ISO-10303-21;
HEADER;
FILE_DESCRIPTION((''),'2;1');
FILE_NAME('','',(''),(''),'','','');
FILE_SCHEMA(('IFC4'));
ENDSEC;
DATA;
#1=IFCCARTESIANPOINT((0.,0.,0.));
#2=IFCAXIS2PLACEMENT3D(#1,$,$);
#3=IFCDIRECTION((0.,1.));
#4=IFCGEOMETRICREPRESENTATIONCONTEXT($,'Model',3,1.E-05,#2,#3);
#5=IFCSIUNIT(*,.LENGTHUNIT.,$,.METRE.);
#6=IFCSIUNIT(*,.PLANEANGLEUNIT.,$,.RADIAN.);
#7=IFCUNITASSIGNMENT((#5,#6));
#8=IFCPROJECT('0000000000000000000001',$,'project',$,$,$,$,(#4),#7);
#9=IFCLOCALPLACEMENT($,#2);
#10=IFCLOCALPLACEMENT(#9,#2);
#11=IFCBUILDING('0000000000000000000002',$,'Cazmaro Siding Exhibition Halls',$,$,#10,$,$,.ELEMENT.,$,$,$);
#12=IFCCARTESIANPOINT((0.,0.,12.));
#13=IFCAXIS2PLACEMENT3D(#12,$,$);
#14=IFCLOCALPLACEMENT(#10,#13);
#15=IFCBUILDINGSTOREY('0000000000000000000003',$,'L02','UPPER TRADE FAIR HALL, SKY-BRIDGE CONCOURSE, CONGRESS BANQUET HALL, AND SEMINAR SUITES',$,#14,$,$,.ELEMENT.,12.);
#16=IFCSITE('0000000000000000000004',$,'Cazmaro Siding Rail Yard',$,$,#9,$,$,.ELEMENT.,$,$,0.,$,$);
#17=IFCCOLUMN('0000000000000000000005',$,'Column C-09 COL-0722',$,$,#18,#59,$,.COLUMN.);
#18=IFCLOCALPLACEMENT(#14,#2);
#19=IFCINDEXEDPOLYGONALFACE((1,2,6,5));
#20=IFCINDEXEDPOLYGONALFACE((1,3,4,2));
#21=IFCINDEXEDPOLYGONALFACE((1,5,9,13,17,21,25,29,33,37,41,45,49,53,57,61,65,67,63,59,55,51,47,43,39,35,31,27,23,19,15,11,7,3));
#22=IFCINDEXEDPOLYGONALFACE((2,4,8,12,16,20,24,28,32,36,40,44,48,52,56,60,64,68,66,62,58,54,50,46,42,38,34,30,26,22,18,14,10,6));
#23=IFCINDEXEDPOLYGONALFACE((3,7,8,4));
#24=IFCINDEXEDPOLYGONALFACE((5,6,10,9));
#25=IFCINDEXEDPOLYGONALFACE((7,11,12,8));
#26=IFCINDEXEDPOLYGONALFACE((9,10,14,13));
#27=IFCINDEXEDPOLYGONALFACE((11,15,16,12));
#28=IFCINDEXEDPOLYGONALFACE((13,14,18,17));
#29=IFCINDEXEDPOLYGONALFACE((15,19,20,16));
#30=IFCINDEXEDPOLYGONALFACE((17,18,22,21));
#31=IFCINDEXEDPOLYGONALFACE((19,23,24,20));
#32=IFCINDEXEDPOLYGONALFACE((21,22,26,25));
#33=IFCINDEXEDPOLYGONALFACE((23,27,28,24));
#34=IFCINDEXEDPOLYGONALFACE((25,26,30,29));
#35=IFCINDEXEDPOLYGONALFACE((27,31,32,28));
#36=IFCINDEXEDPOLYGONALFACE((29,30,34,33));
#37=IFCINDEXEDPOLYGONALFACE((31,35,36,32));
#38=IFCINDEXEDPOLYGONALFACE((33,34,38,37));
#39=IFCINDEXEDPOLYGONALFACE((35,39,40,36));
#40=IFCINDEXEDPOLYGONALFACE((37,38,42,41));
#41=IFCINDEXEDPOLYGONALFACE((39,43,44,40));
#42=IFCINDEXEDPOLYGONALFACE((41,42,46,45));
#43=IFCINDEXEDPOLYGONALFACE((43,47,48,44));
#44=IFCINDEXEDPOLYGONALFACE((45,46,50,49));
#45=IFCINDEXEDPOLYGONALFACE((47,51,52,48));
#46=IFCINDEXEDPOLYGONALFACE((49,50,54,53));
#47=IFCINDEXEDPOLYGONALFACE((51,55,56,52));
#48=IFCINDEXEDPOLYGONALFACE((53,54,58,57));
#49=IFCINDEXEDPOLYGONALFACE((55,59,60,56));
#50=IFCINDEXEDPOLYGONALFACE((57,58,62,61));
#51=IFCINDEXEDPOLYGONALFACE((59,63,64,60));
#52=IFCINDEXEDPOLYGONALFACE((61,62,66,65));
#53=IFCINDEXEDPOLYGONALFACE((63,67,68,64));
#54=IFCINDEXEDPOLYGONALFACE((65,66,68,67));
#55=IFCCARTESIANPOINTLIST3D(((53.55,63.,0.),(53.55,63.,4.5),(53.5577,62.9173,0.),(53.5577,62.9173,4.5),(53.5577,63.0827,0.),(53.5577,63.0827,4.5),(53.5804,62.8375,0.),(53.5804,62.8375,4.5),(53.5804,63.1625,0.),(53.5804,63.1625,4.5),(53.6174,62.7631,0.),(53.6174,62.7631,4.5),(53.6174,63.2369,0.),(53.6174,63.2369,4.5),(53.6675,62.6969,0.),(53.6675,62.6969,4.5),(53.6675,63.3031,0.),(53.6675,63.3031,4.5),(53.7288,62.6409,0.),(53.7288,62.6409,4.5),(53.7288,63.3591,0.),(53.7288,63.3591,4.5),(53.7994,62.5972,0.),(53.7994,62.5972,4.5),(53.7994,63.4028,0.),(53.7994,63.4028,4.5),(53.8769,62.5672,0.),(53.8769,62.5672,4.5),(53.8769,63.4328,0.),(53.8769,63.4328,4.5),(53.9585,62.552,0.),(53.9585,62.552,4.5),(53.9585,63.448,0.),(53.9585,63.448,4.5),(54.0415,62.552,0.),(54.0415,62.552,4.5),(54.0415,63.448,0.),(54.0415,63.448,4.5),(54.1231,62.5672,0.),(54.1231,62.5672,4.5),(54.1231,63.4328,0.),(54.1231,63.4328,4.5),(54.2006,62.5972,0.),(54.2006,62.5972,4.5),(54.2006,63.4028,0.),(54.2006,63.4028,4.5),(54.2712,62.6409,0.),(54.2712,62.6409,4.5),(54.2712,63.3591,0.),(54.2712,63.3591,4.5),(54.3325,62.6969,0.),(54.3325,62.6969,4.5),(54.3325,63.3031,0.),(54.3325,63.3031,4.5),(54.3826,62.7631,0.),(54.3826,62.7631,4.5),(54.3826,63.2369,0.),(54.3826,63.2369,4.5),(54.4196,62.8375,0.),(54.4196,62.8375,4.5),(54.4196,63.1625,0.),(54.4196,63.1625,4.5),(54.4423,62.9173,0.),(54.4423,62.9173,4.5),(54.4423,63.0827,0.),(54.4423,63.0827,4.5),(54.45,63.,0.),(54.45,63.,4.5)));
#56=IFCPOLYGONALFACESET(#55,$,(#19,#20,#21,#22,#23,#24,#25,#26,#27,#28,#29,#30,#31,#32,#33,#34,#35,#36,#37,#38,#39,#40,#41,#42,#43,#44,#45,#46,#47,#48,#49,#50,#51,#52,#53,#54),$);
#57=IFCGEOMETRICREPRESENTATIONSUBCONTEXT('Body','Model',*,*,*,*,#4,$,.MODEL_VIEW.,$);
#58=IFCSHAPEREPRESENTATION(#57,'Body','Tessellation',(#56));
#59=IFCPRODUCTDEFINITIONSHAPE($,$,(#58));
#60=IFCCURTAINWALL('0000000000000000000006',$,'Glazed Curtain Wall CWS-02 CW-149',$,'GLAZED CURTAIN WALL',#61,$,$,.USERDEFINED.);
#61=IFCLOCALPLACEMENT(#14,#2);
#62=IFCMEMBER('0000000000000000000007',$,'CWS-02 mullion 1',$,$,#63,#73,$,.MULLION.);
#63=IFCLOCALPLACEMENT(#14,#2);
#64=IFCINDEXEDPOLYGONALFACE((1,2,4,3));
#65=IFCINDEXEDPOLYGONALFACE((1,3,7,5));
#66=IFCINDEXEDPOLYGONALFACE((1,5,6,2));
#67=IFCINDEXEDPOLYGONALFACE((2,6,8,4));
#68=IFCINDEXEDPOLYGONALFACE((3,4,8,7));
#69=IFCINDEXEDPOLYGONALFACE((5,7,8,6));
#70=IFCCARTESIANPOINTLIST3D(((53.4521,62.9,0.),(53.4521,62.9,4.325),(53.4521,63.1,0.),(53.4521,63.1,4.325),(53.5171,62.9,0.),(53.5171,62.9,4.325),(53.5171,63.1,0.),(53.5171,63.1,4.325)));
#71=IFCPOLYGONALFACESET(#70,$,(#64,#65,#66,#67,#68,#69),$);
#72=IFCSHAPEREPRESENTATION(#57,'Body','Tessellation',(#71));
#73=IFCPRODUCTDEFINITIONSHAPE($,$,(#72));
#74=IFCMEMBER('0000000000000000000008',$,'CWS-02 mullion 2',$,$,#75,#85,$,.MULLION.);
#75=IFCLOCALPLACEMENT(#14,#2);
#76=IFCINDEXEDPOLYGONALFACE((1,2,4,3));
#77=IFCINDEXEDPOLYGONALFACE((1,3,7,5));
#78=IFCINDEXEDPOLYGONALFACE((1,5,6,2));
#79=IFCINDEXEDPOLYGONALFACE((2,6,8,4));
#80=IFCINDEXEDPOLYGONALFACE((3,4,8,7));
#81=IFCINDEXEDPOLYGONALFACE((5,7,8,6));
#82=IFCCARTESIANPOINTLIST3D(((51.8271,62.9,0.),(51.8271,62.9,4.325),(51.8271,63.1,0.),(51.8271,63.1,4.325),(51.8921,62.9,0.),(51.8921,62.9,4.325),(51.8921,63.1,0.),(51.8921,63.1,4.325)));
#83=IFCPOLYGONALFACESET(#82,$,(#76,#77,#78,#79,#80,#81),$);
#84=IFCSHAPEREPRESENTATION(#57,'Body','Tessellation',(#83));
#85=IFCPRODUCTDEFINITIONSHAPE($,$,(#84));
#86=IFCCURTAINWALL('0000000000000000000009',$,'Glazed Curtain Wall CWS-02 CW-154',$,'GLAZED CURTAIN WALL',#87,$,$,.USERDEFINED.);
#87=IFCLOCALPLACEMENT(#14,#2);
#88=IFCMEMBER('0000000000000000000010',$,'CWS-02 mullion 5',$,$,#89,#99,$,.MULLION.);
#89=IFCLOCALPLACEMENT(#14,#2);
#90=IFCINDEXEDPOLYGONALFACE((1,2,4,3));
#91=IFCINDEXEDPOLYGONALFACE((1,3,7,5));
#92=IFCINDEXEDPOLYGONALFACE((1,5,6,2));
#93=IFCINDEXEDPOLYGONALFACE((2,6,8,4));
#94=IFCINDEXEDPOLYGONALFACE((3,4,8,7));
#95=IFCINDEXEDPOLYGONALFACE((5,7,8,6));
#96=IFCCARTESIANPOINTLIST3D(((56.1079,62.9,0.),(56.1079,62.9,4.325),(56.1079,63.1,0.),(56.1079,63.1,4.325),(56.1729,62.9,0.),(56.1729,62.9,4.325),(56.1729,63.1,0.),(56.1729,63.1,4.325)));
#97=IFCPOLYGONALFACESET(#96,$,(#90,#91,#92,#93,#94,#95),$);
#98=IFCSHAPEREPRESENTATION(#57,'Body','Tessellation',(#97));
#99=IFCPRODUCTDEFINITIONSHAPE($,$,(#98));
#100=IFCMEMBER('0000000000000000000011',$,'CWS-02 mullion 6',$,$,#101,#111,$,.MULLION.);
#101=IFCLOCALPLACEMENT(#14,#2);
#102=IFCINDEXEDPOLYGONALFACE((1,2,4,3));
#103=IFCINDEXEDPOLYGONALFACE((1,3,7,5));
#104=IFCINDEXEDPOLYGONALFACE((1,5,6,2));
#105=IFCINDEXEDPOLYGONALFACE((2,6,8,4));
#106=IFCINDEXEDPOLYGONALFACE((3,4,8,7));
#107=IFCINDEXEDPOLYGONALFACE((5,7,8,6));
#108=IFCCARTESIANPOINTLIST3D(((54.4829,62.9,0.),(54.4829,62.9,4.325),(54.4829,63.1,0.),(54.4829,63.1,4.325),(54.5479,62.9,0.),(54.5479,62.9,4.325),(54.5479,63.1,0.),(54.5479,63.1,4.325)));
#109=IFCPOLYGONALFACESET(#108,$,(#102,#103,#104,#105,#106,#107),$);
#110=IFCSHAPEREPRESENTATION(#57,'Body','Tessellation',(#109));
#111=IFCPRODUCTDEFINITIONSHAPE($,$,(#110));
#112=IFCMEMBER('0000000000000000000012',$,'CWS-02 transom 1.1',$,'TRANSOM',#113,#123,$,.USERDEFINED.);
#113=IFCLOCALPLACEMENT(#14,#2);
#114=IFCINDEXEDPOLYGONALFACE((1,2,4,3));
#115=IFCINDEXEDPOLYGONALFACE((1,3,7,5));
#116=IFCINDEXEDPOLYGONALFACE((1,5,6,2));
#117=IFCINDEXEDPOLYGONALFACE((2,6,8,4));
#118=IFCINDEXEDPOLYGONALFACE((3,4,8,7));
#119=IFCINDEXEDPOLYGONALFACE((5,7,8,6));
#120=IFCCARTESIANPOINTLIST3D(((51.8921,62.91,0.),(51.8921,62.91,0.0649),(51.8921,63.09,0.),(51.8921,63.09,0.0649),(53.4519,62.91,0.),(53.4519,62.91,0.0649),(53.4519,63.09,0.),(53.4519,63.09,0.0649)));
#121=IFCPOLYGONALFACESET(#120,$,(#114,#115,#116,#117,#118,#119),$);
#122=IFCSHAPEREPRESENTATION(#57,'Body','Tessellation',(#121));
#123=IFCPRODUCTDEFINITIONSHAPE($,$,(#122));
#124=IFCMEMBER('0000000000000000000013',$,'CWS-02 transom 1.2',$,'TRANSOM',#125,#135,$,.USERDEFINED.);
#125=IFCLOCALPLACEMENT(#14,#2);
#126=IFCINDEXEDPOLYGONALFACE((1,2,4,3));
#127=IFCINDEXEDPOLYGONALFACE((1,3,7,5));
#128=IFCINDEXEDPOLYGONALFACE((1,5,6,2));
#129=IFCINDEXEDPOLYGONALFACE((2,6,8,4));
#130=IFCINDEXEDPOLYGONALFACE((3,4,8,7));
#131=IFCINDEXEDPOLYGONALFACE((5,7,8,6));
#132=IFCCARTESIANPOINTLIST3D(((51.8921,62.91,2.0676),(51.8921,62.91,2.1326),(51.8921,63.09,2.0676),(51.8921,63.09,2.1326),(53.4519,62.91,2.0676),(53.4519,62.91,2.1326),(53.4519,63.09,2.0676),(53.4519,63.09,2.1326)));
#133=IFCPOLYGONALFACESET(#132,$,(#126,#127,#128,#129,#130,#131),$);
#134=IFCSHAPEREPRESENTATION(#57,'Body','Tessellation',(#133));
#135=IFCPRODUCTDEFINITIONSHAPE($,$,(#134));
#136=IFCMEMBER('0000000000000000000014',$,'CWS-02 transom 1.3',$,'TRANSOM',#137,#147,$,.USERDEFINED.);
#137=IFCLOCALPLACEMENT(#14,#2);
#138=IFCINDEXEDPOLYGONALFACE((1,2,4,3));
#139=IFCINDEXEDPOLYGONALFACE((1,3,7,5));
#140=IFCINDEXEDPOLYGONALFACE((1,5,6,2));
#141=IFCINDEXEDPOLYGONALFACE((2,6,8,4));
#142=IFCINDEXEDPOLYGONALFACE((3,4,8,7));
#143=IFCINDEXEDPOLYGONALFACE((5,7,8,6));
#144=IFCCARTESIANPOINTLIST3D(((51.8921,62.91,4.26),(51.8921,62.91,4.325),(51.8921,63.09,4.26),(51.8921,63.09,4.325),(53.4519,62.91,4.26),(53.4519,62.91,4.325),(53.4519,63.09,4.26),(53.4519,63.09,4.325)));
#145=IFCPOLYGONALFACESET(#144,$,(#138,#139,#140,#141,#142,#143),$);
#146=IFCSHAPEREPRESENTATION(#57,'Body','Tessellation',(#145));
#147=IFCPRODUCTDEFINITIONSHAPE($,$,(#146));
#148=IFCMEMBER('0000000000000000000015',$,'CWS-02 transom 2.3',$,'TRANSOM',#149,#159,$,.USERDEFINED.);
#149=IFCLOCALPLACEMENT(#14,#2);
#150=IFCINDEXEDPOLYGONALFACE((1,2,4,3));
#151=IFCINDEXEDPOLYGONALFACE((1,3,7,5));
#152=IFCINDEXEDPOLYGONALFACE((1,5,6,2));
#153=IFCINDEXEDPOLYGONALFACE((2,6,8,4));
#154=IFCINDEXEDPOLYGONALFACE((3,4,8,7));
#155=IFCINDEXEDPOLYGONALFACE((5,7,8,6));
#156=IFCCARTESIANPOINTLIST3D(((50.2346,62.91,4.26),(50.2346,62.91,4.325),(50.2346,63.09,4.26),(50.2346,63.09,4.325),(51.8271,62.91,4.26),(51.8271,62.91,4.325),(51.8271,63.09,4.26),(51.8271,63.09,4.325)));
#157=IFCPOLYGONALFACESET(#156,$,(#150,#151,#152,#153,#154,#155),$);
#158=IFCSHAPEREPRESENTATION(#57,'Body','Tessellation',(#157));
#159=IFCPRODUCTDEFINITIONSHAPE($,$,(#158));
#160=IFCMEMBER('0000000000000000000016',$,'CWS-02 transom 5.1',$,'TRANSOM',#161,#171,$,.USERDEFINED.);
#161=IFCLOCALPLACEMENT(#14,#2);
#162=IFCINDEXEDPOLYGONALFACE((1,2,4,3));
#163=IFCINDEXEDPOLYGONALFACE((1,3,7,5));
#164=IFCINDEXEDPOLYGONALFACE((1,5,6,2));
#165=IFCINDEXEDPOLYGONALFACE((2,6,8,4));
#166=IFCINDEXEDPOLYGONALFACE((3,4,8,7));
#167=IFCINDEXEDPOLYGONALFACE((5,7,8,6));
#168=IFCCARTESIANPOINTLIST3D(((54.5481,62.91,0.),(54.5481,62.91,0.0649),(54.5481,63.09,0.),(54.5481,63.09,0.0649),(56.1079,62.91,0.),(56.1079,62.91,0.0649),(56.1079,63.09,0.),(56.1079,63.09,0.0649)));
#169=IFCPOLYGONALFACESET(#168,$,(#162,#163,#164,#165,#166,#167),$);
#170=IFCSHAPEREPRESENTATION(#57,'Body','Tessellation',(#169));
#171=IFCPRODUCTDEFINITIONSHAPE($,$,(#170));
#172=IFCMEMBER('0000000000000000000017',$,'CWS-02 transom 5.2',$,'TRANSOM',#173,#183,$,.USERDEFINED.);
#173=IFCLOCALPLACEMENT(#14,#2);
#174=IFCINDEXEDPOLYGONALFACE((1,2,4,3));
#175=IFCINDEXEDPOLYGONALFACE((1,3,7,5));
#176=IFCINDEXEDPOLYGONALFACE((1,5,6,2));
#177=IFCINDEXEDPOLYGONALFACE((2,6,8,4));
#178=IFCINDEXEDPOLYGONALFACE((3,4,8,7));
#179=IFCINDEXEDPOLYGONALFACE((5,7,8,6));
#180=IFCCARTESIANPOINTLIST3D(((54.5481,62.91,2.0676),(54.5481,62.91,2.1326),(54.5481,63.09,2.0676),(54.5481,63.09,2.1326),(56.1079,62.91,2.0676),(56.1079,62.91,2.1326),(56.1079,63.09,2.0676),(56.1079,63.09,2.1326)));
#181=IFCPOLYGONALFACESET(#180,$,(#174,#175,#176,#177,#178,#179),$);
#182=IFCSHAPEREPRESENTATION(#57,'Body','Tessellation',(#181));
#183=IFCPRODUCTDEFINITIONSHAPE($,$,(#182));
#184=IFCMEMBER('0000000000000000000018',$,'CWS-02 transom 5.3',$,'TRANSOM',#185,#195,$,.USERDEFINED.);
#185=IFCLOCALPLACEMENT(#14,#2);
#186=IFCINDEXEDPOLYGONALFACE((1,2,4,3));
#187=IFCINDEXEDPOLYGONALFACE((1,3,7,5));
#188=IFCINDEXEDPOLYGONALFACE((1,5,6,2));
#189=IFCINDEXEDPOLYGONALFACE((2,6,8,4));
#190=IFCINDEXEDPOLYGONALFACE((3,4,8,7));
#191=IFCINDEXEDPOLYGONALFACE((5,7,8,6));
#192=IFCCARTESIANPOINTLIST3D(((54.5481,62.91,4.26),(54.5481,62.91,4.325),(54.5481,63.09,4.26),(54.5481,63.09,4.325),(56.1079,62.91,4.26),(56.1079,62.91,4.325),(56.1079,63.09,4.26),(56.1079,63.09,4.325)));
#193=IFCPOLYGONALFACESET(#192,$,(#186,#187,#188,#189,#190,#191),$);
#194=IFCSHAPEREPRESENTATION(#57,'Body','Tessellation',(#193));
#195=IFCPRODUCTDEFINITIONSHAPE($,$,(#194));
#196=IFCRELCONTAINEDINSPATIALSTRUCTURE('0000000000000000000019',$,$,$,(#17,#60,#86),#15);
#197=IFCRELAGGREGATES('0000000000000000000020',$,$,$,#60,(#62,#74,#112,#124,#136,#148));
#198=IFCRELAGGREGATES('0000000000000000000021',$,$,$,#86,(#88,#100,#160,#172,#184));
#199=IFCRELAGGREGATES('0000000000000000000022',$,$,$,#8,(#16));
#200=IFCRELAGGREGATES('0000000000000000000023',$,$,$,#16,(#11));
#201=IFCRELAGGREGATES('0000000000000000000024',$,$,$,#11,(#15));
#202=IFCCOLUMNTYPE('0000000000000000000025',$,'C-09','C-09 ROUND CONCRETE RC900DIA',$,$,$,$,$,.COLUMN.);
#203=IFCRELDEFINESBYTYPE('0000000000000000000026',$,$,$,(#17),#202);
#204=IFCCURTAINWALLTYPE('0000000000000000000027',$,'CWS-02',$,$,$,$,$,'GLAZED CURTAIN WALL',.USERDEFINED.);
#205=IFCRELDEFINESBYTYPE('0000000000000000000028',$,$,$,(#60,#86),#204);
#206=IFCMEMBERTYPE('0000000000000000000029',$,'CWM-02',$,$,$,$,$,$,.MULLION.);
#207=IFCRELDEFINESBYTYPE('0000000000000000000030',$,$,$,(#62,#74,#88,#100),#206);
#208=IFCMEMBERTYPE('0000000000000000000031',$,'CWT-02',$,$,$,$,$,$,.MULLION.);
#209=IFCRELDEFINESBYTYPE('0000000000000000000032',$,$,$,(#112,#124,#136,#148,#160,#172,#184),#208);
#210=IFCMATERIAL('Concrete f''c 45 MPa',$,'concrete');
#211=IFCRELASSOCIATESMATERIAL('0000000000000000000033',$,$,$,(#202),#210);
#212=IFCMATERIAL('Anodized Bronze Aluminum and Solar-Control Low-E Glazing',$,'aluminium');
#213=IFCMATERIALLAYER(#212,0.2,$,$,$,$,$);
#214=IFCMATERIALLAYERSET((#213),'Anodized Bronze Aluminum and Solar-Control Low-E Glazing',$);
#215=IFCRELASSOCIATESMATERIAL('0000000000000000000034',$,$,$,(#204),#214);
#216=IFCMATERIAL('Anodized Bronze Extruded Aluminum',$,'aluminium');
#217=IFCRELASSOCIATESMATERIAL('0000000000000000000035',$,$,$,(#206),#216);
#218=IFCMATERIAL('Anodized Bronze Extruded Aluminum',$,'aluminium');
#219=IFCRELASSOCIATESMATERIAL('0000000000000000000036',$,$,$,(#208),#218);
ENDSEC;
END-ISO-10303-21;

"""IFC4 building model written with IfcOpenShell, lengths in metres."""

from ifc_helpers import new_model, si_unit, direction, frame, origin, origin_2d, place, context, subcontext, project, spatial, rectangle, circle, extrude, material, layer, layer_set, material_profile, profile_set, type_object, element, aggregate, save


model = new_model("IFC4")

# Units and contexts
model_context = context("Model", 3, precision=1e-05, world=origin(), true_north=direction((0.0, 1.0)))
body_context = subcontext(model_context, "Body", "Model", "MODEL_VIEW")
ifc_project = project(units=[si_unit("LENGTHUNIT", "METRE"), si_unit("PLANEANGLEUNIT", "RADIAN")], contexts=[model_context])

# Site, building, storey
site_placement = place(None, origin())
site = spatial("IfcSite", under=ifc_project, at=site_placement, Name="Cazmaro Siding Rail Yard", CompositionType="ELEMENT", RefElevation=0.0)
building_placement = place(site_placement, origin())
building = spatial("IfcBuilding", under=site, at=building_placement, Name="Cazmaro Siding Exhibition Halls", CompositionType="ELEMENT")
storey_placement = place(building_placement, frame((0.0, 0.0, 12.0)))
storey = spatial("IfcBuildingStorey", under=building, at=storey_placement, Name="L02", Description="UPPER TRADE FAIR HALL, SKY-BRIDGE CONCOURSE, CONGRESS BANQUET HALL, AND SEMINAR SUITES", CompositionType="ELEMENT", Elevation=12.0)

# Column
ifc_material_1 = material(Name="Concrete f'c 45 MPa", Category="concrete")
ifc_material_profile_1 = material_profile(ifc_material_1, circle(Radius=0.45, at=origin_2d()), Name="RC900DIA")
ifc_profile_set_1 = profile_set([ifc_material_profile_1], Name="Concrete f'c 45 MPa")
column_type = type_object("IfcColumnType", Name="C-09", Description="C-09 ROUND CONCRETE RC900DIA", PredefinedType="COLUMN", material=ifc_profile_set_1)
column_placement = place(storey_placement, frame((54.0, 63.0, 0.0), z_axis=(0.0, 0.0, 1.0), x_axis=(1.0, 0.0, 0.0)))
element("IfcColumn", 1, at=column_placement, inside=storey, type_object=column_type, Name="Column C-09 COL-0722", PredefinedType="COLUMN", context=body_context, shape_type="SweptSolid", body=[
    extrude(circle(Radius=0.45, at=origin_2d()), origin(), (0.0, 0.0, 1.0), 4.5),
])

# Curtain walls, members
ifc_material_2 = material(Name="Anodized Bronze Aluminum and Solar-Control Low-E Glazing", Category="aluminium")
ifc_layer_1 = layer(ifc_material_2, 0.2)
ifc_layer_set_1 = layer_set([ifc_layer_1], Name="Anodized Bronze Aluminum and Solar-Control Low-E Glazing")
curtain_wall_type = type_object("IfcCurtainWallType", Name="CWS-02", ElementType="GLAZED CURTAIN WALL", PredefinedType="USERDEFINED", material=ifc_layer_set_1)
curtain_wall_1_placement = place(storey_placement, origin())
curtain_wall_1 = element("IfcCurtainWall", 2, at=curtain_wall_1_placement, inside=storey, type_object=curtain_wall_type, Name="Glazed Curtain Wall CWS-02 CW-149", ObjectType="GLAZED CURTAIN WALL", PredefinedType="USERDEFINED")
ifc_material_3 = material(Name="Anodized Bronze Extruded Aluminum", Category="aluminium")
ifc_material_profile_2 = material_profile(ifc_material_3, rectangle(XDim=0.2, YDim=0.0649, at=origin_2d()), Name="CWM-02")
ifc_profile_set_2 = profile_set([ifc_material_profile_2], Name="Anodized Bronze Extruded Aluminum")
member_type_1 = type_object("IfcMemberType", Name="CWM-02", PredefinedType="MULLION", material=ifc_profile_set_2)
member_1_placement = place(storey_placement, frame((53.4846, 63.0, 0.0), z_axis=(0.0, 0.0, 1.0), x_axis=(0.0, -1.0, 0.0)))
member_1 = element("IfcMember", 3, at=member_1_placement, type_object=member_type_1, Name="CWS-02 mullion 1", PredefinedType="MULLION", context=body_context, shape_type="SweptSolid", body=[
    extrude(rectangle(XDim=0.2, YDim=0.0649, at=origin_2d()), origin(), (0.0, 0.0, 1.0), 4.325),
])
member_2_placement = place(storey_placement, frame((51.8596, 63.0, 0.0), z_axis=(0.0, 0.0, 1.0), x_axis=(0.0, -1.0, 0.0)))
member_2 = element("IfcMember", 4, at=member_2_placement, type_object=member_type_1, Name="CWS-02 mullion 2", PredefinedType="MULLION", context=body_context, shape_type="SweptSolid", body=[
    extrude(rectangle(XDim=0.2, YDim=0.0649, at=origin_2d()), origin(), (0.0, 0.0, 1.0), 4.325),
])
curtain_wall_2_placement = place(storey_placement, origin())
curtain_wall_2 = element("IfcCurtainWall", 5, at=curtain_wall_2_placement, inside=storey, type_object=curtain_wall_type, Name="Glazed Curtain Wall CWS-02 CW-154", ObjectType="GLAZED CURTAIN WALL", PredefinedType="USERDEFINED")
member_3_placement = place(storey_placement, frame((56.1404, 63.0, 0.0), z_axis=(0.0, 0.0, 1.0), x_axis=(0.0, -1.0, 0.0)))
member_3 = element("IfcMember", 6, at=member_3_placement, type_object=member_type_1, Name="CWS-02 mullion 5", PredefinedType="MULLION", context=body_context, shape_type="SweptSolid", body=[
    extrude(rectangle(XDim=0.2, YDim=0.0649, at=origin_2d()), origin(), (0.0, 0.0, 1.0), 4.325),
])
member_4_placement = place(storey_placement, frame((54.5154, 63.0, 0.0), z_axis=(0.0, 0.0, 1.0), x_axis=(0.0, -1.0, 0.0)))
member_4 = element("IfcMember", 7, at=member_4_placement, type_object=member_type_1, Name="CWS-02 mullion 6", PredefinedType="MULLION", context=body_context, shape_type="SweptSolid", body=[
    extrude(rectangle(XDim=0.2, YDim=0.0649, at=origin_2d()), origin(), (0.0, 0.0, 1.0), 4.325),
])

# Members
ifc_material_4 = material(Name="Anodized Bronze Extruded Aluminum", Category="aluminium")
ifc_material_profile_3 = material_profile(ifc_material_4, rectangle(XDim=0.1799, YDim=0.0649, at=origin_2d()), Name="CWT-02")
ifc_profile_set_3 = profile_set([ifc_material_profile_3], Name="Anodized Bronze Extruded Aluminum")
member_type_2 = type_object("IfcMemberType", Name="CWT-02", PredefinedType="MULLION", material=ifc_profile_set_3)
member_5_placement = place(storey_placement, frame((53.4519, 63.0, 0.0325), z_axis=(-1.0, 0.0, 0.0), x_axis=(0.0, -1.0, 0.0)))
member_5 = element("IfcMember", 8, at=member_5_placement, type_object=member_type_2, Name="CWS-02 transom 1.1", ObjectType="TRANSOM", PredefinedType="USERDEFINED", context=body_context, shape_type="SweptSolid", body=[
    extrude(rectangle(XDim=0.1799, YDim=0.0649, at=origin_2d()), origin(), (0.0, 0.0, 1.0), 1.5598),
])
member_6_placement = place(storey_placement, frame((53.4519, 63.0, 2.1001), z_axis=(-1.0, 0.0, 0.0), x_axis=(0.0, -1.0, 0.0)))
member_6 = element("IfcMember", 9, at=member_6_placement, type_object=member_type_2, Name="CWS-02 transom 1.2", ObjectType="TRANSOM", PredefinedType="USERDEFINED", context=body_context, shape_type="SweptSolid", body=[
    extrude(rectangle(XDim=0.1799, YDim=0.0649, at=origin_2d()), origin(), (0.0, 0.0, 1.0), 1.5598),
])
member_7_placement = place(storey_placement, frame((53.4519, 63.0, 4.2925), z_axis=(-1.0, 0.0, 0.0), x_axis=(0.0, -1.0, 0.0)))
member_7 = element("IfcMember", 10, at=member_7_placement, type_object=member_type_2, Name="CWS-02 transom 1.3", ObjectType="TRANSOM", PredefinedType="USERDEFINED", context=body_context, shape_type="SweptSolid", body=[
    extrude(rectangle(XDim=0.1799, YDim=0.0649, at=origin_2d()), origin(), (0.0, 0.0, 1.0), 1.5598),
])
member_8_placement = place(storey_placement, frame((51.8271, 63.0, 4.2925), z_axis=(-1.0, 0.0, 0.0), x_axis=(0.0, -1.0, 0.0)))
member_8 = element("IfcMember", 11, at=member_8_placement, type_object=member_type_2, Name="CWS-02 transom 2.3", ObjectType="TRANSOM", PredefinedType="USERDEFINED", context=body_context, shape_type="SweptSolid", body=[
    extrude(rectangle(XDim=0.1799, YDim=0.0649, at=origin_2d()), origin(), (0.0, 0.0, 1.0), 1.5925),
])
member_9_placement = place(storey_placement, frame((56.1079, 63.0, 0.0325), z_axis=(-1.0, 0.0, 0.0), x_axis=(0.0, -1.0, 0.0)))
member_9 = element("IfcMember", 12, at=member_9_placement, type_object=member_type_2, Name="CWS-02 transom 5.1", ObjectType="TRANSOM", PredefinedType="USERDEFINED", context=body_context, shape_type="SweptSolid", body=[
    extrude(rectangle(XDim=0.1799, YDim=0.0649, at=origin_2d()), origin(), (0.0, 0.0, 1.0), 1.5598),
])
member_10_placement = place(storey_placement, frame((56.1079, 63.0, 2.1001), z_axis=(-1.0, 0.0, 0.0), x_axis=(0.0, -1.0, 0.0)))
member_10 = element("IfcMember", 13, at=member_10_placement, type_object=member_type_2, Name="CWS-02 transom 5.2", ObjectType="TRANSOM", PredefinedType="USERDEFINED", context=body_context, shape_type="SweptSolid", body=[
    extrude(rectangle(XDim=0.1799, YDim=0.0649, at=origin_2d()), origin(), (0.0, 0.0, 1.0), 1.5598),
])
member_11_placement = place(storey_placement, frame((56.1079, 63.0, 4.2925), z_axis=(-1.0, 0.0, 0.0), x_axis=(0.0, -1.0, 0.0)))
member_11 = element("IfcMember", 14, at=member_11_placement, type_object=member_type_2, Name="CWS-02 transom 5.3", ObjectType="TRANSOM", PredefinedType="USERDEFINED", context=body_context, shape_type="SweptSolid", body=[
    extrude(rectangle(XDim=0.1799, YDim=0.0649, at=origin_2d()), origin(), (0.0, 0.0, 1.0), 1.5598),
])

aggregate(curtain_wall_1, [member_1, member_2, member_5, member_6, member_7, member_8])
aggregate(curtain_wall_2, [member_3, member_4, member_9, member_10, member_11])

save(model, "model.ifc")
